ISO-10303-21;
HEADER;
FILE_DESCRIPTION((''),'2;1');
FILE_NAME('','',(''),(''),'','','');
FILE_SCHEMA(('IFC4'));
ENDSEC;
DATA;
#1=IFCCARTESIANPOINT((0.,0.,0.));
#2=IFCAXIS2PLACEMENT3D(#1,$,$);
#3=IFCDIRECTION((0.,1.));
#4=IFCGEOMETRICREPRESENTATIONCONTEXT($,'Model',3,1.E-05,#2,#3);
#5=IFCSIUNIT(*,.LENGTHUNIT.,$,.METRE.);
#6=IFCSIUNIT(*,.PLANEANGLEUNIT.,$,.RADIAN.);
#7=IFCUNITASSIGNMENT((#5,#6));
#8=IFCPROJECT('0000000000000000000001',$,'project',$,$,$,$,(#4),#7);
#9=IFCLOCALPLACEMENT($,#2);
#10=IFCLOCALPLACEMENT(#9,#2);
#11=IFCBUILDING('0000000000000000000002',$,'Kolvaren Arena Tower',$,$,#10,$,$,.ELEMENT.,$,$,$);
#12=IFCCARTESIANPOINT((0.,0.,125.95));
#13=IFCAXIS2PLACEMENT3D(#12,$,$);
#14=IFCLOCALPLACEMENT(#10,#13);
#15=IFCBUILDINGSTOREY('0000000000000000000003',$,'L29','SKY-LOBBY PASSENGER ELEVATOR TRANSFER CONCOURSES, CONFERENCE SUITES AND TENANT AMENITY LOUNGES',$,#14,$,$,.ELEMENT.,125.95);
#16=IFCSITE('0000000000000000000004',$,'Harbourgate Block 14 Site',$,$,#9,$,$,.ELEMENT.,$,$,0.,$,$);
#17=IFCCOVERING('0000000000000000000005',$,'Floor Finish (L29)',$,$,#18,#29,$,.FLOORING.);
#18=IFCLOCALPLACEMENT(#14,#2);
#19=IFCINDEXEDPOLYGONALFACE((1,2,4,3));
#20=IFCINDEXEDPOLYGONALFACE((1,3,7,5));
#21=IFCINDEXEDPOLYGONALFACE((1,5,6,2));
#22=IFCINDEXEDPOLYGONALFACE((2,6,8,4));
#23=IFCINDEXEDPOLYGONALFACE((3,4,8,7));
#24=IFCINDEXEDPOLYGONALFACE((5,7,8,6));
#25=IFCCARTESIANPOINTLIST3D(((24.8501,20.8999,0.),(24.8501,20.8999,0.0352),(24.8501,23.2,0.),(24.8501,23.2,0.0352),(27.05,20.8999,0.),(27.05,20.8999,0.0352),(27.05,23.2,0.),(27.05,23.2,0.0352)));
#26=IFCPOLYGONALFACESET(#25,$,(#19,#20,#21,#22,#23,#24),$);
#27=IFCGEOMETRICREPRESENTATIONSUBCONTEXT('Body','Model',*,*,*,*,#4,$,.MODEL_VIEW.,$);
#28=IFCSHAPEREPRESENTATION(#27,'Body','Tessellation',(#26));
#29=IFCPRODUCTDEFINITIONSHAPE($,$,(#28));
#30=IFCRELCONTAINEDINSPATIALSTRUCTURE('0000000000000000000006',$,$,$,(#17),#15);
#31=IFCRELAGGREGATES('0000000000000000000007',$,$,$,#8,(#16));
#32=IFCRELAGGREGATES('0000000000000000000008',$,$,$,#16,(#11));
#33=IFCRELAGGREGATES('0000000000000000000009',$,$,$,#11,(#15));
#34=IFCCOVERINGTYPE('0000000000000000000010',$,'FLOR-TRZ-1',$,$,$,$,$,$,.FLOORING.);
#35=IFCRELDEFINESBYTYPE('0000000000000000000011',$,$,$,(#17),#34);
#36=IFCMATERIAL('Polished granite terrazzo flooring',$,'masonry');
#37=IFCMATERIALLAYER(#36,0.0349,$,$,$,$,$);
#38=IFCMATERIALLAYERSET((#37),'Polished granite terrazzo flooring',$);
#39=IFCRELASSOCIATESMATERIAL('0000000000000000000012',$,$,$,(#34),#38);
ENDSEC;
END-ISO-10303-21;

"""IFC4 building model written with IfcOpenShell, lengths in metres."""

from ifc_helpers import new_model, si_unit, direction, frame, origin, place, context, subcontext, project, spatial, polyline, outline, extrude, material, layer, layer_set, type_object, element, save


model = new_model("IFC4")

# Units and contexts
model_context = context("Model", 3, precision=1e-05, world=origin(), true_north=direction((0.0, 1.0)))
body_context = subcontext(model_context, "Body", "Model", "MODEL_VIEW")
ifc_project = project(units=[si_unit("LENGTHUNIT", "METRE"), si_unit("PLANEANGLEUNIT", "RADIAN")], contexts=[model_context])

# Site, building, storey
site_placement = place(None, origin())
site = spatial("IfcSite", under=ifc_project, at=site_placement, Name="Harbourgate Block 14 Site", CompositionType="ELEMENT", RefElevation=0.0)
building_placement = place(site_placement, origin())
building = spatial("IfcBuilding", under=site, at=building_placement, Name="Kolvaren Arena Tower", CompositionType="ELEMENT")
storey_placement = place(building_placement, frame((0.0, 0.0, 125.95)))
storey = spatial("IfcBuildingStorey", under=building, at=storey_placement, Name="L29", Description="SKY-LOBBY PASSENGER ELEVATOR TRANSFER CONCOURSES, CONFERENCE SUITES AND TENANT AMENITY LOUNGES", CompositionType="ELEMENT", Elevation=125.95)

# Covering
ifc_material_1 = material(Name="Polished granite terrazzo flooring", Category="masonry")
ifc_layer_1 = layer(ifc_material_1, 0.0349)
ifc_layer_set_1 = layer_set([ifc_layer_1], Name="Polished granite terrazzo flooring")
covering_type_1 = type_object("IfcCoveringType", Name="FLOR-TRZ-1", PredefinedType="FLOORING", material=ifc_layer_set_1)
covering_1_placement = place(storey_placement, origin())
element("IfcCovering", 1, at=covering_1_placement, inside=storey, type_object=covering_type_1, Name="Floor Finish (L29)", PredefinedType="FLOORING", context=body_context, shape_type="SweptSolid", body=[
    extrude(outline(polyline([(24.8501, 20.8999), (24.8501, 23.2), (27.05, 23.2), (27.05, 20.8999), (24.8501, 20.8999)])), origin(), (0.0, 0.0, 1.0), 0.0352),
])

save(model, "model.ifc")
